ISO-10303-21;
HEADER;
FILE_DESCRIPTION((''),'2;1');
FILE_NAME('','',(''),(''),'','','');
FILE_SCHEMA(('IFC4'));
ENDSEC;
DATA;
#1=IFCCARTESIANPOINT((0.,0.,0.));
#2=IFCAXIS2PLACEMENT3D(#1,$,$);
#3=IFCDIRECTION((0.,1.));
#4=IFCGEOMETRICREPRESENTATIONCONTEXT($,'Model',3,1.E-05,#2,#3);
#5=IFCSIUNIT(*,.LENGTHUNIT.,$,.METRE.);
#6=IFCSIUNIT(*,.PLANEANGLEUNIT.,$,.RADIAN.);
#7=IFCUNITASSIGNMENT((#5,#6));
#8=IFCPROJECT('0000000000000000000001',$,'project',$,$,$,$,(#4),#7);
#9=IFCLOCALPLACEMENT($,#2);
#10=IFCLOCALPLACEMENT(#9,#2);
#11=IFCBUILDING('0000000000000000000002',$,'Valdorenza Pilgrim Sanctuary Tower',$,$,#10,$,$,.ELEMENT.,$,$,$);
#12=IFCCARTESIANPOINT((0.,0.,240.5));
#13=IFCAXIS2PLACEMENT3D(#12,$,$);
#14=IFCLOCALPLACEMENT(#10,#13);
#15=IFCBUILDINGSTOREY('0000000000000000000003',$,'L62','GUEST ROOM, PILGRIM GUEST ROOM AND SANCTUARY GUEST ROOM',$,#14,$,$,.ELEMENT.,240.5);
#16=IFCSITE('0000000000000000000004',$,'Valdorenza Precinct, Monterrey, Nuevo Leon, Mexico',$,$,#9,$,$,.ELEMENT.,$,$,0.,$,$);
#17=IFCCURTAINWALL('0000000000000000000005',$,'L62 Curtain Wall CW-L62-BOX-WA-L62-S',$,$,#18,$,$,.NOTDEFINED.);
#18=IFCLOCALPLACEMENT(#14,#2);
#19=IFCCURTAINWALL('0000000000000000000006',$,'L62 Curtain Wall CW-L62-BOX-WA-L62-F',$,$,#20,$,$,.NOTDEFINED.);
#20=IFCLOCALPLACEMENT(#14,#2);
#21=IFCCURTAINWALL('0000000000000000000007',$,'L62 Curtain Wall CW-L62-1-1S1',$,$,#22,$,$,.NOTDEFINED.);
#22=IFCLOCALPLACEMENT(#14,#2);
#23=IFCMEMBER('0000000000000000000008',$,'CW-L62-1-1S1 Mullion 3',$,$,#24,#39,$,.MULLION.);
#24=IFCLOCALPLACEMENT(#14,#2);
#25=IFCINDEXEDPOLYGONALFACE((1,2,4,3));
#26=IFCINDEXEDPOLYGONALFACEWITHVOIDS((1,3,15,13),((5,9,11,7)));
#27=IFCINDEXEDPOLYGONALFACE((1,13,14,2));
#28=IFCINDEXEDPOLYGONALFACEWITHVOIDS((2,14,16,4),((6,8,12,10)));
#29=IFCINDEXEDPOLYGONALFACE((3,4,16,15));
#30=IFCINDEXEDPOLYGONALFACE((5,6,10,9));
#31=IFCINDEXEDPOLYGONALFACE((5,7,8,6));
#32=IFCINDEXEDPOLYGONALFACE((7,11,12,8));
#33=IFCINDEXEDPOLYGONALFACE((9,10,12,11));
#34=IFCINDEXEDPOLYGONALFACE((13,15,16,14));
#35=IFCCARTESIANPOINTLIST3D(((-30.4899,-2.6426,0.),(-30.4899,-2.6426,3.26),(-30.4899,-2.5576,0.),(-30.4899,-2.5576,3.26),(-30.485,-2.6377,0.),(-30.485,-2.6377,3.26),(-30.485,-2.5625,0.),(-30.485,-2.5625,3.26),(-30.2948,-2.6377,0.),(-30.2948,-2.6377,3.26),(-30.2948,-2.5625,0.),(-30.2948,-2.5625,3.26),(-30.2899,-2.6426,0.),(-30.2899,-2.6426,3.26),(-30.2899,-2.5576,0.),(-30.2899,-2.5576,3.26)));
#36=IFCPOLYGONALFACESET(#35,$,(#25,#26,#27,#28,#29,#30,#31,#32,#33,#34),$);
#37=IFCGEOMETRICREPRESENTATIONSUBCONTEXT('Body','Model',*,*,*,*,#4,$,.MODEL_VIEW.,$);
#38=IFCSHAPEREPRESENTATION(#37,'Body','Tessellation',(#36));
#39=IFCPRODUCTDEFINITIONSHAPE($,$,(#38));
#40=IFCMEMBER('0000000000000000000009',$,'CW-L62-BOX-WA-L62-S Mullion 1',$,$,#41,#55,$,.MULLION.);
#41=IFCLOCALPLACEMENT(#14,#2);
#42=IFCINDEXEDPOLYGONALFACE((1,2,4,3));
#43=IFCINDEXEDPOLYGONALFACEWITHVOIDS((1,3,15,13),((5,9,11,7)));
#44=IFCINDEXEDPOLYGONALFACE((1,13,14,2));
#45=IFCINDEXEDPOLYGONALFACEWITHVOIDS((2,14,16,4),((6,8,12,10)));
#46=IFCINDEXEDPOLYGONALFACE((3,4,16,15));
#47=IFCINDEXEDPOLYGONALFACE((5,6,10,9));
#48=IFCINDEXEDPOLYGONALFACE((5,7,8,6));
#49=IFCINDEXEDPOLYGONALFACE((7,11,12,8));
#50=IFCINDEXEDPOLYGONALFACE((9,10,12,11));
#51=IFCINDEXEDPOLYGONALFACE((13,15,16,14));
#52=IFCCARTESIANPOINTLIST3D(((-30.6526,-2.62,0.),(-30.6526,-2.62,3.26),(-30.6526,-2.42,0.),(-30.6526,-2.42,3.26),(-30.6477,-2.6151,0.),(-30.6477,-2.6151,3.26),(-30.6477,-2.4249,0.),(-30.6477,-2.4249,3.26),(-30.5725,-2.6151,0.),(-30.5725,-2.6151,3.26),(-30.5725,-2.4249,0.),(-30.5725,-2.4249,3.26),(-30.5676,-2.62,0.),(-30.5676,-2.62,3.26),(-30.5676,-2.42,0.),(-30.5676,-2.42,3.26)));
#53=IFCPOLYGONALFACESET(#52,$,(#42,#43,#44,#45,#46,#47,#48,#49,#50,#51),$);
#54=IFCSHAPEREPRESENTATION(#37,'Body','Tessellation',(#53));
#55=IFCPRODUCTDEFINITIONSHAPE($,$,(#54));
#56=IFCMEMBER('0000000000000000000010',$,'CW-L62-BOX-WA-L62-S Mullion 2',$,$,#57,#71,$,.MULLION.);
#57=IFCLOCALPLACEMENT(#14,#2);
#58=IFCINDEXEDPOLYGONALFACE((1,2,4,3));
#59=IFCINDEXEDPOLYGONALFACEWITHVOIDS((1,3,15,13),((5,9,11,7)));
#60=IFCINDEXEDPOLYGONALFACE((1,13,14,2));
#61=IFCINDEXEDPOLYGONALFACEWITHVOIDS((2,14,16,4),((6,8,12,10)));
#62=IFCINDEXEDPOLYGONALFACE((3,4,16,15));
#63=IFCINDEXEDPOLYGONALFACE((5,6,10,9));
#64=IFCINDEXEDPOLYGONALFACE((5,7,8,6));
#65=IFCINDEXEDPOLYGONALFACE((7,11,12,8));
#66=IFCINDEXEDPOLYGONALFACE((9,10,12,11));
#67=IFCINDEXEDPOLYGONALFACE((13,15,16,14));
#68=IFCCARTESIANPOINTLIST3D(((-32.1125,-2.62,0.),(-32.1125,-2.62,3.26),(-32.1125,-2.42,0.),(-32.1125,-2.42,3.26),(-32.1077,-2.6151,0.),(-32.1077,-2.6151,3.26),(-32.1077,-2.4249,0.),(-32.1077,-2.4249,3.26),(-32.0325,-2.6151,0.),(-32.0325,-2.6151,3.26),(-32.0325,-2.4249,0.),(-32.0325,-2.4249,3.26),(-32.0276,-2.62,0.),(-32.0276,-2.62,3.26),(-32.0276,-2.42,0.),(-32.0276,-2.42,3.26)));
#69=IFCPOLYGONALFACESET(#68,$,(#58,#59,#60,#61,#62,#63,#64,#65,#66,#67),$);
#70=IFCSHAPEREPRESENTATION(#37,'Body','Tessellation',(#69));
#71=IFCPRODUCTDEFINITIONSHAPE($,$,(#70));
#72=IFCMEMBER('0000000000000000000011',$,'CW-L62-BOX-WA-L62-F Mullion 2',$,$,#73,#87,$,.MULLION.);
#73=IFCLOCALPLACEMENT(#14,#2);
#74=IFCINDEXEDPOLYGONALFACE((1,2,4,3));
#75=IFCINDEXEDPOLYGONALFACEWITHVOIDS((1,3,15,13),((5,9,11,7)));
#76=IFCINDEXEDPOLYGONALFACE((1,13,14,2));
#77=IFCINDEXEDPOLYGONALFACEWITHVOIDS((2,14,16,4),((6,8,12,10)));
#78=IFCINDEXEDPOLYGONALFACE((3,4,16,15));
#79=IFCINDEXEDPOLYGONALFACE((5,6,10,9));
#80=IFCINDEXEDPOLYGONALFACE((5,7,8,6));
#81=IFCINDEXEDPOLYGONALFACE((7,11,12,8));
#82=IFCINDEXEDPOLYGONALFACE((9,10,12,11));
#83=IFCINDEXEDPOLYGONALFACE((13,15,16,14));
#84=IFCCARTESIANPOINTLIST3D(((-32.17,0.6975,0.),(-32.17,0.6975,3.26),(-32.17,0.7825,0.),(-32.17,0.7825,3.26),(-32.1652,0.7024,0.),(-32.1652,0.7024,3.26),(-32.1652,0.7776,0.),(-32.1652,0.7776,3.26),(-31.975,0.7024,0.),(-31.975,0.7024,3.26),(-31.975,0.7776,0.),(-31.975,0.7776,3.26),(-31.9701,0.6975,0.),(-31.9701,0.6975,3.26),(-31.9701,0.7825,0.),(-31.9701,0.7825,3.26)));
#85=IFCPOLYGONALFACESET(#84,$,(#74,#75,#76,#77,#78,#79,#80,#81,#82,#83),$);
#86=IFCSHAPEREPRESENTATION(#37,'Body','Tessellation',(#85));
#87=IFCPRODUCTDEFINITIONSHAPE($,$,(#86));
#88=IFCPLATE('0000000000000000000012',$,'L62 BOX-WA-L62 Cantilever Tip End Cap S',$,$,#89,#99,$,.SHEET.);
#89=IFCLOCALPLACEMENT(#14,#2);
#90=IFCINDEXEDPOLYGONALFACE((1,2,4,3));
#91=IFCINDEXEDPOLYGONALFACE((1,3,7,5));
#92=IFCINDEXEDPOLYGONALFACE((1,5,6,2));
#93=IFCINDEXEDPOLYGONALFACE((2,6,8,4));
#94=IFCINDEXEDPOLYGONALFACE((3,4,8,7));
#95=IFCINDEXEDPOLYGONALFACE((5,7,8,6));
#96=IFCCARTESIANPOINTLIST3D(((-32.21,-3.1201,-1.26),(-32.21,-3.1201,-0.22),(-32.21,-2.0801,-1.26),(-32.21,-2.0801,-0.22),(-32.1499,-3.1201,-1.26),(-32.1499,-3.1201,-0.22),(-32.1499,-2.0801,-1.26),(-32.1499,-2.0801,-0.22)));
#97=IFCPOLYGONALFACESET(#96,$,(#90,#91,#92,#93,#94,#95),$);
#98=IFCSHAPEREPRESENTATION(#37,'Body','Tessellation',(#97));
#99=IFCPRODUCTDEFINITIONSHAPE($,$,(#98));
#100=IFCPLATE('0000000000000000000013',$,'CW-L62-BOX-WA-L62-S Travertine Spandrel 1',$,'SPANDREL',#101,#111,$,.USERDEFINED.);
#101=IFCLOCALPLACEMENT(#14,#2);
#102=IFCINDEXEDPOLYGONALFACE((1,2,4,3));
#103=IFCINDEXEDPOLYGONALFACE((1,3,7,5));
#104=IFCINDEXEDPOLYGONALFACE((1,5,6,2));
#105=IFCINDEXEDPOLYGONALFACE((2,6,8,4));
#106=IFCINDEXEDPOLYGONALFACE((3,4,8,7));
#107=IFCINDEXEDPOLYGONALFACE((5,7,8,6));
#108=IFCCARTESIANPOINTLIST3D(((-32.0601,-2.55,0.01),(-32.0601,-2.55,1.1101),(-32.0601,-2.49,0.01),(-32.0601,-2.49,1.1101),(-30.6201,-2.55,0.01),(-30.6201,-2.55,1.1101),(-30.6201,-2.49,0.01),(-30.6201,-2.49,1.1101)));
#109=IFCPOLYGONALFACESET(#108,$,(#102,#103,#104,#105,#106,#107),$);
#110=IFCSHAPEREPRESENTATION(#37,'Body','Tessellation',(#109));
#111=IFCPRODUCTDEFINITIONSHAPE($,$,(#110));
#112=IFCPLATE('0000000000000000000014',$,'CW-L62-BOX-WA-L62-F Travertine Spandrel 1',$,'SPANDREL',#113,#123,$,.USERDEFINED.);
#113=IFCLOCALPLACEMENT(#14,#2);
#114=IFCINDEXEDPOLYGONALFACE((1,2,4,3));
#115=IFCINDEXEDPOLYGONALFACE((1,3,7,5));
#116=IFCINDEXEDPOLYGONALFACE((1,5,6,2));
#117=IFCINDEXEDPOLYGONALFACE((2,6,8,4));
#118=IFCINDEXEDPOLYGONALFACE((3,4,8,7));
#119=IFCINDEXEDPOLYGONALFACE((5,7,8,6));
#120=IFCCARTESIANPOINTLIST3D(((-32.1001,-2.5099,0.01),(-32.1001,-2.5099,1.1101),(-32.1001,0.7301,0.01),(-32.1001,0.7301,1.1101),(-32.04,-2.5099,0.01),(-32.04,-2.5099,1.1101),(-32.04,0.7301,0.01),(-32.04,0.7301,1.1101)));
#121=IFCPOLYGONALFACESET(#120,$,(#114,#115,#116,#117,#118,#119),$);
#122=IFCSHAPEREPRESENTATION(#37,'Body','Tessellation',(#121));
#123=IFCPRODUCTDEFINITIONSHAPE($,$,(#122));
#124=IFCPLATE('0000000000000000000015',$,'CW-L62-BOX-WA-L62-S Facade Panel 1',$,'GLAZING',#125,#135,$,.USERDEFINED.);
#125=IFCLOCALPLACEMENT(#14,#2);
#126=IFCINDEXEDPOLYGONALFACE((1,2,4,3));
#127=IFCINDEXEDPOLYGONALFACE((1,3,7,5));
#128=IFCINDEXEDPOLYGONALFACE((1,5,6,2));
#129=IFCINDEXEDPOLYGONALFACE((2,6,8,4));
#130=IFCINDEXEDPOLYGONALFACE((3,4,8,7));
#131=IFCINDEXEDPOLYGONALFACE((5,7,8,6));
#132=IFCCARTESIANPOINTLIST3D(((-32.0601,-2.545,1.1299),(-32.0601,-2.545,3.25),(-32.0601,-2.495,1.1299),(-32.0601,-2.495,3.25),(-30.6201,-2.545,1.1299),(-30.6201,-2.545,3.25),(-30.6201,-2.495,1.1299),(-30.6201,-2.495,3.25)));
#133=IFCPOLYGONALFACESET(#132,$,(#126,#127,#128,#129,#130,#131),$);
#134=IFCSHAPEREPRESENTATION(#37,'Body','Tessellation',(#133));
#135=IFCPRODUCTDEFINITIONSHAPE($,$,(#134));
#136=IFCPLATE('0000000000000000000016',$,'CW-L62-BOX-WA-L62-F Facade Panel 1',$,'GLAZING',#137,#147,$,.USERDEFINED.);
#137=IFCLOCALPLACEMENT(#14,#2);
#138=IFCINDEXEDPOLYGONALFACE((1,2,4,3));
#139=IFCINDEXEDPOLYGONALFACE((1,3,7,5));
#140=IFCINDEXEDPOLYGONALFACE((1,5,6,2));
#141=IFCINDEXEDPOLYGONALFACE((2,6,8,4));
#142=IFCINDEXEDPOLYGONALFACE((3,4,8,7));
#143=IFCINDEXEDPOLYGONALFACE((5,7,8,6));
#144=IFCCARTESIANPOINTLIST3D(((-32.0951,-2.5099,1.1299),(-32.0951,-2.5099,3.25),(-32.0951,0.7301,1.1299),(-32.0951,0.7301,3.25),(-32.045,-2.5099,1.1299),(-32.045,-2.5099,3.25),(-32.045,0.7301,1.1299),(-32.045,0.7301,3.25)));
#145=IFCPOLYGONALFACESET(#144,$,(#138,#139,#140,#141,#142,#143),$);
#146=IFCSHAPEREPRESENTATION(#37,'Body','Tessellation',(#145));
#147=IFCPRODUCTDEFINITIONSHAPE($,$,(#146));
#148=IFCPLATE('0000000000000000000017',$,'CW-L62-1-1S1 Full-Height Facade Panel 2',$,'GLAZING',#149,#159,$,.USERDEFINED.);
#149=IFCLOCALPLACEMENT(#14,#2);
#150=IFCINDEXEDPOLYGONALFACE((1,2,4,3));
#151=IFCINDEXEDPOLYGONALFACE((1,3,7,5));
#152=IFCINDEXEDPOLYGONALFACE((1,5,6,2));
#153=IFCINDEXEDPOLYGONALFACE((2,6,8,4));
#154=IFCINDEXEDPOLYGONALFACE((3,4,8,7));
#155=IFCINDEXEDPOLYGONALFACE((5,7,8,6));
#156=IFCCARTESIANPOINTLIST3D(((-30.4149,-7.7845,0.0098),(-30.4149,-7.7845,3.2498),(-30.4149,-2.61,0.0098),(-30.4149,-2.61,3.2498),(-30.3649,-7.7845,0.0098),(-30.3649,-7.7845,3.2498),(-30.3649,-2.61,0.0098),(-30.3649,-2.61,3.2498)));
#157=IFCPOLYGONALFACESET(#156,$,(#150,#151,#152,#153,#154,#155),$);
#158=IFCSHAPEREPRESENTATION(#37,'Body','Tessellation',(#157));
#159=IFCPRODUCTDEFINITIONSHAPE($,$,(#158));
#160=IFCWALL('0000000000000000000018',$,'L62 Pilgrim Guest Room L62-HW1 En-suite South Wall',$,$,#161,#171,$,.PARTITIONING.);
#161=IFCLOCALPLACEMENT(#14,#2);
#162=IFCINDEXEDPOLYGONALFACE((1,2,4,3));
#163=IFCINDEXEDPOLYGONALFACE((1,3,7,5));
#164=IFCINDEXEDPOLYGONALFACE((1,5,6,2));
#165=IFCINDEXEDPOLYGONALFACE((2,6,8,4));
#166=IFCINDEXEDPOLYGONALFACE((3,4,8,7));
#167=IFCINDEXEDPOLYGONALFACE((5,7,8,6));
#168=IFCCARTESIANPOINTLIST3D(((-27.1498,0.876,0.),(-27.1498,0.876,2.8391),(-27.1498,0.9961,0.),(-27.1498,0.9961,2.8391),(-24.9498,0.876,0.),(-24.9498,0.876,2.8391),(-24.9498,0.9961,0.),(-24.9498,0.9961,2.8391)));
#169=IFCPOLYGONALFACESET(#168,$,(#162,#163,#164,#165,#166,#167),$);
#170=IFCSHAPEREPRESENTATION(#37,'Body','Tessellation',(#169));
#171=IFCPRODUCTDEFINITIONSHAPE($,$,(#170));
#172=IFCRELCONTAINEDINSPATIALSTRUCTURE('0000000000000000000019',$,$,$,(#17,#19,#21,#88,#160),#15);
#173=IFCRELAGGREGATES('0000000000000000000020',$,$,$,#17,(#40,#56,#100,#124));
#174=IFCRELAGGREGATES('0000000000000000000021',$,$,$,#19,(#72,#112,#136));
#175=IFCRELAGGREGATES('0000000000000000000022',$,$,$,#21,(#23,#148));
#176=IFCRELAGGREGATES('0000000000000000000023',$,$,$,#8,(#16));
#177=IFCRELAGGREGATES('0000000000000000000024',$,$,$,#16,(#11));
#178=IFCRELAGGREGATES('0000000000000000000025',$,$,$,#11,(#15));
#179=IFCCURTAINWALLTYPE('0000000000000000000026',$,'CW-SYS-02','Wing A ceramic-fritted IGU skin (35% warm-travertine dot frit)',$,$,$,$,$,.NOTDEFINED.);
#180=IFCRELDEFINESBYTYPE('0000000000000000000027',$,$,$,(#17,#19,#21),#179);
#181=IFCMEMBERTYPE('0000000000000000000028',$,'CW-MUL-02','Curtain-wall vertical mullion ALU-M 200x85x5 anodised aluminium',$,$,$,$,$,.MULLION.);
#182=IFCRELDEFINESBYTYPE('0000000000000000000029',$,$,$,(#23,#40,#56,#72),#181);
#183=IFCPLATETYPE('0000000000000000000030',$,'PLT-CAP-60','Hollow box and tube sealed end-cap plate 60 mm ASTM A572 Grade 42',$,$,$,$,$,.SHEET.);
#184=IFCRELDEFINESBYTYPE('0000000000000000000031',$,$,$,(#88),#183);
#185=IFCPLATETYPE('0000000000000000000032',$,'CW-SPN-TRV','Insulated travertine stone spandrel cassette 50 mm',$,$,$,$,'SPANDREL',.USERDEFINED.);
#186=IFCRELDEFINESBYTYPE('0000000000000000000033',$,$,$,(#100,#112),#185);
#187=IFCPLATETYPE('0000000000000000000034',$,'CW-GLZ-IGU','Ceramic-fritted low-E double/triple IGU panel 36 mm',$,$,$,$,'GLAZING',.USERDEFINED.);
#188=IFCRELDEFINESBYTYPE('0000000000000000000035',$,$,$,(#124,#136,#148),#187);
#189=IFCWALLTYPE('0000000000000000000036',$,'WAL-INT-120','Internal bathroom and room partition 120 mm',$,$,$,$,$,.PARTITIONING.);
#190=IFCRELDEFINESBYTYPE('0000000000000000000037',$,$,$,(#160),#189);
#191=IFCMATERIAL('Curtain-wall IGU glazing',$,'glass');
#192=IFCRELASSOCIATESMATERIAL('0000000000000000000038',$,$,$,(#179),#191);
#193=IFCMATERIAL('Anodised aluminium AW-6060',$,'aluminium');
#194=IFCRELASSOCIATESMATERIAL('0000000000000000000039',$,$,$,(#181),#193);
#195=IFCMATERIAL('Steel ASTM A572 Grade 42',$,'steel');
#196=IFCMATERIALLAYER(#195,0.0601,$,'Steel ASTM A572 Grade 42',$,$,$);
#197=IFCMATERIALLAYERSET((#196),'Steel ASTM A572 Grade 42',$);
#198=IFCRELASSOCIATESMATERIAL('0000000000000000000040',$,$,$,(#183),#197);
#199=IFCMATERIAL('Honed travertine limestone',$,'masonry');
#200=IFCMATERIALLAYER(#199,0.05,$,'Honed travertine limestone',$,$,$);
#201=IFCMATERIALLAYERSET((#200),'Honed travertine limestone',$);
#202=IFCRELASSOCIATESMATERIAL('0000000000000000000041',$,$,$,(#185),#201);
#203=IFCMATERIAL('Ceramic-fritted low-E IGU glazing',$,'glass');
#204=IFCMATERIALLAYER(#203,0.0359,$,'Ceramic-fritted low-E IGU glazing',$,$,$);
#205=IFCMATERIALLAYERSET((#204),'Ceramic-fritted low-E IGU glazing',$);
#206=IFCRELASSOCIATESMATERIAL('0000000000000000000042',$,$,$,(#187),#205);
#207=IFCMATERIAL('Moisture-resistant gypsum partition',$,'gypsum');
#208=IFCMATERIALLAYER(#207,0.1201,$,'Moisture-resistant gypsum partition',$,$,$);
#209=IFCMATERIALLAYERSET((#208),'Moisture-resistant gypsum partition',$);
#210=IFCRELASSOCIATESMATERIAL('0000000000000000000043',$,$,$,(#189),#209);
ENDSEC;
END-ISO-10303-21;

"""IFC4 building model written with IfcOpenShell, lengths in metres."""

from ifc_helpers import new_model, si_unit, direction, frame, frame_2d, origin, origin_2d, place, context, subcontext, project, spatial, rectangle, hollow_rectangle, extrude, source, transform, mapped, material, layer, layer_set, material_profile, profile_set, type_object, element, aggregate, save


model = new_model("IFC4")

# Units and contexts
model_context = context("Model", 3, precision=1e-05, world=origin(), true_north=direction((0.0, 1.0)))
body_context = subcontext(model_context, "Body", "Model", "MODEL_VIEW")
ifc_project = project(units=[si_unit("LENGTHUNIT", "METRE"), si_unit("PLANEANGLEUNIT", "RADIAN")], contexts=[model_context])

# Site, building, storey
site_placement = place(None, origin())
site = spatial("IfcSite", under=ifc_project, at=site_placement, Name="Valdorenza Precinct, Monterrey, Nuevo Leon, Mexico", CompositionType="ELEMENT", RefElevation=0.0)
building_placement = place(site_placement, origin())
building = spatial("IfcBuilding", under=site, at=building_placement, Name="Valdorenza Pilgrim Sanctuary Tower", CompositionType="ELEMENT")
storey_placement = place(building_placement, frame((0.0, 0.0, 240.5)))
storey = spatial("IfcBuildingStorey", under=building, at=storey_placement, Name="L62", Description="GUEST ROOM, PILGRIM GUEST ROOM AND SANCTUARY GUEST ROOM", CompositionType="ELEMENT", Elevation=240.5)

# Shared definitions
ifc_material_1 = material(Name="Steel ASTM A572 Grade 42", Category="steel")

# Curtain walls, member
ifc_material_2 = material(Name="Curtain-wall IGU glazing", Category="glass")
curtain_wall_type = type_object("IfcCurtainWallType", Name="CW-SYS-02", Description="Wing A ceramic-fritted IGU skin (35% warm-travertine dot frit)", PredefinedType="NOTDEFINED", material=ifc_material_2)
curtain_wall_1_placement = place(storey_placement, origin())
curtain_wall_1 = element("IfcCurtainWall", 1, at=curtain_wall_1_placement, inside=storey, type_object=curtain_wall_type, Name="L62 Curtain Wall CW-L62-BOX-WA-L62-S", PredefinedType="NOTDEFINED")
ifc_material_3 = material(Name="Anodised aluminium AW-6060", Category="aluminium")
curtain_wall_2_placement = place(storey_placement, origin())
curtain_wall_2 = element("IfcCurtainWall", 2, at=curtain_wall_2_placement, inside=storey, type_object=curtain_wall_type, Name="L62 Curtain Wall CW-L62-BOX-WA-L62-F", PredefinedType="NOTDEFINED")
curtain_wall_3_placement = place(storey_placement, origin())
curtain_wall_3 = element("IfcCurtainWall", 3, at=curtain_wall_3_placement, inside=storey, type_object=curtain_wall_type, Name="L62 Curtain Wall CW-L62-1-1S1", PredefinedType="NOTDEFINED")
ifc_material_profile_1 = material_profile(ifc_material_3, hollow_rectangle(XDim=0.085, YDim=0.2, WallThickness=0.0049, at=origin_2d()), Name="ALU-M 200x85x5")
ifc_profile_set_1 = profile_set([ifc_material_profile_1], Name="Anodised aluminium AW-6060")
member_type_1 = type_object("IfcMemberType", Name="CW-MUL-02", Description="Curtain-wall vertical mullion ALU-M 200x85x5 anodised aluminium", PredefinedType="MULLION", material=ifc_profile_set_1)
shared_shape_1 = source(origin(), body_context, "Body", "SweptSolid", [
    extrude(hollow_rectangle(XDim=0.085, YDim=0.2, WallThickness=0.0049, at=origin_2d()), origin(), (0.0, 0.0, 1.0), 3.26),
])
member_1_placement = place(storey_placement, frame((-30.3899, -2.6001, 0.0), z_axis=(0.0, 0.0, 1.0), x_axis=(0.0, 1.0, 0.0)))
member_1 = element("IfcMember", 4, at=member_1_placement, type_object=member_type_1, Name="CW-L62-1-1S1 Mullion 3", PredefinedType="MULLION", context=body_context, shape_type="MappedRepresentation", body=[
    mapped(shared_shape_1, transform((0.0, 0.0, 0.0), x_axis=(1.0, 0.0, 0.0), y_axis=(0.0, 1.0, 0.0), z_axis=(0.0, 0.0, 1.0), scale=1.0)),
])

# Members
member_2_placement = place(storey_placement, frame((-30.6101, -2.52, 0.0), z_axis=(0.0, 0.0, 1.0), x_axis=(-1.0, 0.0, 0.0)))
member_2 = element("IfcMember", 5, at=member_2_placement, type_object=member_type_1, Name="CW-L62-BOX-WA-L62-S Mullion 1", PredefinedType="MULLION", context=body_context, shape_type="MappedRepresentation", body=[
    mapped(shared_shape_1, transform((0.0, 0.0, 0.0), x_axis=(1.0, 0.0, 0.0), y_axis=(0.0, 1.0, 0.0), z_axis=(0.0, 0.0, 1.0), scale=1.0)),
])
member_3_placement = place(storey_placement, frame((-32.0701, -2.52, 0.0), z_axis=(0.0, 0.0, 1.0), x_axis=(-1.0, 0.0, 0.0)))
member_3 = element("IfcMember", 6, at=member_3_placement, type_object=member_type_1, Name="CW-L62-BOX-WA-L62-S Mullion 2", PredefinedType="MULLION", context=body_context, shape_type="MappedRepresentation", body=[
    mapped(shared_shape_1, transform((0.0, 0.0, 0.0), x_axis=(1.0, 0.0, 0.0), y_axis=(0.0, 1.0, 0.0), z_axis=(0.0, 0.0, 1.0), scale=1.0)),
])
member_4_placement = place(storey_placement, frame((-32.0701, 0.74, 0.0), z_axis=(0.0, 0.0, 1.0), x_axis=(0.0, 1.0, 0.0)))
member_4 = element("IfcMember", 7, at=member_4_placement, type_object=member_type_1, Name="CW-L62-BOX-WA-L62-F Mullion 2", PredefinedType="MULLION", context=body_context, shape_type="MappedRepresentation", body=[
    mapped(shared_shape_1, transform((0.0, 0.0, 0.0), x_axis=(1.0, 0.0, 0.0), y_axis=(0.0, 1.0, 0.0), z_axis=(0.0, 0.0, 1.0), scale=1.0)),
])

# Plates
ifc_layer_1 = layer(ifc_material_1, 0.0601, Name="Steel ASTM A572 Grade 42")
ifc_layer_set_1 = layer_set([ifc_layer_1], Name="Steel ASTM A572 Grade 42")
plate_type_1 = type_object("IfcPlateType", Name="PLT-CAP-60", Description="Hollow box and tube sealed end-cap plate 60 mm ASTM A572 Grade 42", PredefinedType="SHEET", material=ifc_layer_set_1)
shared_shape_2 = source(origin(), body_context, "Body", "SweptSolid", [
    extrude(rectangle(XDim=0.0601, YDim=1.04, at=origin_2d()), origin(), (0.0, 0.0, 1.0), 1.04),
])
plate_1_placement = place(storey_placement, frame((-32.1799, -2.6001, -1.26), z_axis=(0.0, 0.0, 1.0), x_axis=(1.0, 0.0, 0.0)))
element("IfcPlate", 8, at=plate_1_placement, inside=storey, type_object=plate_type_1, Name="L62 BOX-WA-L62 Cantilever Tip End Cap S", PredefinedType="SHEET", context=body_context, shape_type="MappedRepresentation", body=[
    mapped(shared_shape_2, transform((0.0, 0.0, 0.0), x_axis=(1.0, 0.0, 0.0), y_axis=(0.0, 1.0, 0.0), z_axis=(0.0, 0.0, 1.0), scale=1.0)),
])
ifc_material_4 = material(Name="Honed travertine limestone", Category="masonry")
ifc_layer_2 = layer(ifc_material_4, 0.05, Name="Honed travertine limestone")
ifc_layer_set_2 = layer_set([ifc_layer_2], Name="Honed travertine limestone")
plate_type_2 = type_object("IfcPlateType", Name="CW-SPN-TRV", Description="Insulated travertine stone spandrel cassette 50 mm", ElementType="SPANDREL", PredefinedType="USERDEFINED", material=ifc_layer_set_2)
shared_shape_3 = source(origin(), body_context, "Body", "SweptSolid", [
    extrude(rectangle(XDim=1.4399, YDim=0.0601, at=origin_2d()), origin(), (0.0, 0.0, 1.0), 1.1001),
])
plate_2_placement = place(storey_placement, frame((-31.3401, -2.52, 0.01), z_axis=(0.0, 0.0, 1.0), x_axis=(-1.0, 0.0, 0.0)))
plate_2 = element("IfcPlate", 9, at=plate_2_placement, type_object=plate_type_2, Name="CW-L62-BOX-WA-L62-S Travertine Spandrel 1", ObjectType="SPANDREL", PredefinedType="USERDEFINED", context=body_context, shape_type="MappedRepresentation", body=[
    mapped(shared_shape_3, transform((0.0, 0.0, 0.0), x_axis=(1.0, 0.0, 0.0), y_axis=(0.0, 1.0, 0.0), z_axis=(0.0, 0.0, 1.0), scale=1.0)),
])
shared_shape_4 = source(origin(), body_context, "Body", "SweptSolid", [
    extrude(rectangle(XDim=3.24, YDim=0.0601, at=origin_2d()), origin(), (0.0, 0.0, 1.0), 1.1001),
])
plate_3_placement = place(storey_placement, frame((-32.0701, -0.8899, 0.01), z_axis=(0.0, 0.0, 1.0), x_axis=(0.0, 1.0, 0.0)))
plate_3 = element("IfcPlate", 10, at=plate_3_placement, type_object=plate_type_2, Name="CW-L62-BOX-WA-L62-F Travertine Spandrel 1", ObjectType="SPANDREL", PredefinedType="USERDEFINED", context=body_context, shape_type="MappedRepresentation", body=[
    mapped(shared_shape_4, transform((0.0, 0.0, 0.0), x_axis=(1.0, 0.0, 0.0), y_axis=(0.0, 1.0, 0.0), z_axis=(0.0, 0.0, 1.0), scale=1.0)),
])
ifc_material_5 = material(Name="Ceramic-fritted low-E IGU glazing", Category="glass")
ifc_layer_3 = layer(ifc_material_5, 0.0359, Name="Ceramic-fritted low-E IGU glazing")
ifc_layer_set_3 = layer_set([ifc_layer_3], Name="Ceramic-fritted low-E IGU glazing")
plate_type_3 = type_object("IfcPlateType", Name="CW-GLZ-IGU", Description="Ceramic-fritted low-E double/triple IGU panel 36 mm", ElementType="GLAZING", PredefinedType="USERDEFINED", material=ifc_layer_set_3)
shared_shape_5 = source(origin(), body_context, "Body", "SweptSolid", [
    extrude(rectangle(XDim=1.4399, YDim=0.05, at=origin_2d()), origin(), (0.0, 0.0, 1.0), 2.1201),
])
plate_4_placement = place(storey_placement, frame((-31.3401, -2.52, 1.1299), z_axis=(0.0, 0.0, 1.0), x_axis=(-1.0, 0.0, 0.0)))
plate_4 = element("IfcPlate", 11, at=plate_4_placement, type_object=plate_type_3, Name="CW-L62-BOX-WA-L62-S Facade Panel 1", ObjectType="GLAZING", PredefinedType="USERDEFINED", context=body_context, shape_type="MappedRepresentation", body=[
    mapped(shared_shape_5, transform((0.0, 0.0, 0.0), x_axis=(1.0, 0.0, 0.0), y_axis=(0.0, 1.0, 0.0), z_axis=(0.0, 0.0, 1.0), scale=1.0)),
])
aggregate(curtain_wall_1, [member_2, member_3, plate_2, plate_4])
shared_shape_6 = source(origin(), body_context, "Body", "SweptSolid", [
    extrude(rectangle(XDim=3.24, YDim=0.05, at=origin_2d()), origin(), (0.0, 0.0, 1.0), 2.1201),
])
plate_5_placement = place(storey_placement, frame((-32.0701, -0.8899, 1.1299), z_axis=(0.0, 0.0, 1.0), x_axis=(0.0, 1.0, 0.0)))
plate_5 = element("IfcPlate", 12, at=plate_5_placement, type_object=plate_type_3, Name="CW-L62-BOX-WA-L62-F Facade Panel 1", ObjectType="GLAZING", PredefinedType="USERDEFINED", context=body_context, shape_type="MappedRepresentation", body=[
    mapped(shared_shape_6, transform((0.0, 0.0, 0.0), x_axis=(1.0, 0.0, 0.0), y_axis=(0.0, 1.0, 0.0), z_axis=(0.0, 0.0, 1.0), scale=1.0)),
])
aggregate(curtain_wall_2, [member_4, plate_3, plate_5])
shared_shape_7 = source(origin(), body_context, "Body", "SweptSolid", [
    extrude(rectangle(XDim=5.1746, YDim=0.05, at=origin_2d()), origin(), (0.0, 0.0, 1.0), 3.24),
])
plate_6_placement = place(storey_placement, frame((-30.3899, -5.1973, 0.0098), z_axis=(0.0, 0.0, 1.0), x_axis=(0.0, 1.0, 0.0)))
plate_6 = element("IfcPlate", 13, at=plate_6_placement, type_object=plate_type_3, Name="CW-L62-1-1S1 Full-Height Facade Panel 2", ObjectType="GLAZING", PredefinedType="USERDEFINED", context=body_context, shape_type="MappedRepresentation", body=[
    mapped(shared_shape_7, transform((0.0, 0.0, 0.0), x_axis=(1.0, 0.0, 0.0), y_axis=(0.0, 1.0, 0.0), z_axis=(0.0, 0.0, 1.0), scale=1.0)),
])
aggregate(curtain_wall_3, [member_1, plate_6])

# Wall
ifc_material_6 = material(Name="Moisture-resistant gypsum partition", Category="gypsum")
ifc_layer_4 = layer(ifc_material_6, 0.1201, Name="Moisture-resistant gypsum partition")
ifc_layer_set_4 = layer_set([ifc_layer_4], Name="Moisture-resistant gypsum partition")
wall_type_1 = type_object("IfcWallType", Name="WAL-INT-120", Description="Internal bathroom and room partition 120 mm", PredefinedType="PARTITIONING", material=ifc_layer_set_4)
wall_1_placement = place(storey_placement, frame((-27.1499, 0.936, 0.0), z_axis=(0.0, 0.0, 1.0), x_axis=(1.0, 0.0, 0.0)))
element("IfcWall", 14, at=wall_1_placement, inside=storey, type_object=wall_type_1, Name="L62 Pilgrim Guest Room L62-HW1 En-suite South Wall", PredefinedType="PARTITIONING", context=body_context, shape_type="SweptSolid", body=[
    extrude(rectangle(XDim=2.2, YDim=0.1201, at=frame_2d((1.1001, 0.0))), origin(), (0.0, 0.0, 1.0), 2.8391),
])

save(model, "model.ifc")
